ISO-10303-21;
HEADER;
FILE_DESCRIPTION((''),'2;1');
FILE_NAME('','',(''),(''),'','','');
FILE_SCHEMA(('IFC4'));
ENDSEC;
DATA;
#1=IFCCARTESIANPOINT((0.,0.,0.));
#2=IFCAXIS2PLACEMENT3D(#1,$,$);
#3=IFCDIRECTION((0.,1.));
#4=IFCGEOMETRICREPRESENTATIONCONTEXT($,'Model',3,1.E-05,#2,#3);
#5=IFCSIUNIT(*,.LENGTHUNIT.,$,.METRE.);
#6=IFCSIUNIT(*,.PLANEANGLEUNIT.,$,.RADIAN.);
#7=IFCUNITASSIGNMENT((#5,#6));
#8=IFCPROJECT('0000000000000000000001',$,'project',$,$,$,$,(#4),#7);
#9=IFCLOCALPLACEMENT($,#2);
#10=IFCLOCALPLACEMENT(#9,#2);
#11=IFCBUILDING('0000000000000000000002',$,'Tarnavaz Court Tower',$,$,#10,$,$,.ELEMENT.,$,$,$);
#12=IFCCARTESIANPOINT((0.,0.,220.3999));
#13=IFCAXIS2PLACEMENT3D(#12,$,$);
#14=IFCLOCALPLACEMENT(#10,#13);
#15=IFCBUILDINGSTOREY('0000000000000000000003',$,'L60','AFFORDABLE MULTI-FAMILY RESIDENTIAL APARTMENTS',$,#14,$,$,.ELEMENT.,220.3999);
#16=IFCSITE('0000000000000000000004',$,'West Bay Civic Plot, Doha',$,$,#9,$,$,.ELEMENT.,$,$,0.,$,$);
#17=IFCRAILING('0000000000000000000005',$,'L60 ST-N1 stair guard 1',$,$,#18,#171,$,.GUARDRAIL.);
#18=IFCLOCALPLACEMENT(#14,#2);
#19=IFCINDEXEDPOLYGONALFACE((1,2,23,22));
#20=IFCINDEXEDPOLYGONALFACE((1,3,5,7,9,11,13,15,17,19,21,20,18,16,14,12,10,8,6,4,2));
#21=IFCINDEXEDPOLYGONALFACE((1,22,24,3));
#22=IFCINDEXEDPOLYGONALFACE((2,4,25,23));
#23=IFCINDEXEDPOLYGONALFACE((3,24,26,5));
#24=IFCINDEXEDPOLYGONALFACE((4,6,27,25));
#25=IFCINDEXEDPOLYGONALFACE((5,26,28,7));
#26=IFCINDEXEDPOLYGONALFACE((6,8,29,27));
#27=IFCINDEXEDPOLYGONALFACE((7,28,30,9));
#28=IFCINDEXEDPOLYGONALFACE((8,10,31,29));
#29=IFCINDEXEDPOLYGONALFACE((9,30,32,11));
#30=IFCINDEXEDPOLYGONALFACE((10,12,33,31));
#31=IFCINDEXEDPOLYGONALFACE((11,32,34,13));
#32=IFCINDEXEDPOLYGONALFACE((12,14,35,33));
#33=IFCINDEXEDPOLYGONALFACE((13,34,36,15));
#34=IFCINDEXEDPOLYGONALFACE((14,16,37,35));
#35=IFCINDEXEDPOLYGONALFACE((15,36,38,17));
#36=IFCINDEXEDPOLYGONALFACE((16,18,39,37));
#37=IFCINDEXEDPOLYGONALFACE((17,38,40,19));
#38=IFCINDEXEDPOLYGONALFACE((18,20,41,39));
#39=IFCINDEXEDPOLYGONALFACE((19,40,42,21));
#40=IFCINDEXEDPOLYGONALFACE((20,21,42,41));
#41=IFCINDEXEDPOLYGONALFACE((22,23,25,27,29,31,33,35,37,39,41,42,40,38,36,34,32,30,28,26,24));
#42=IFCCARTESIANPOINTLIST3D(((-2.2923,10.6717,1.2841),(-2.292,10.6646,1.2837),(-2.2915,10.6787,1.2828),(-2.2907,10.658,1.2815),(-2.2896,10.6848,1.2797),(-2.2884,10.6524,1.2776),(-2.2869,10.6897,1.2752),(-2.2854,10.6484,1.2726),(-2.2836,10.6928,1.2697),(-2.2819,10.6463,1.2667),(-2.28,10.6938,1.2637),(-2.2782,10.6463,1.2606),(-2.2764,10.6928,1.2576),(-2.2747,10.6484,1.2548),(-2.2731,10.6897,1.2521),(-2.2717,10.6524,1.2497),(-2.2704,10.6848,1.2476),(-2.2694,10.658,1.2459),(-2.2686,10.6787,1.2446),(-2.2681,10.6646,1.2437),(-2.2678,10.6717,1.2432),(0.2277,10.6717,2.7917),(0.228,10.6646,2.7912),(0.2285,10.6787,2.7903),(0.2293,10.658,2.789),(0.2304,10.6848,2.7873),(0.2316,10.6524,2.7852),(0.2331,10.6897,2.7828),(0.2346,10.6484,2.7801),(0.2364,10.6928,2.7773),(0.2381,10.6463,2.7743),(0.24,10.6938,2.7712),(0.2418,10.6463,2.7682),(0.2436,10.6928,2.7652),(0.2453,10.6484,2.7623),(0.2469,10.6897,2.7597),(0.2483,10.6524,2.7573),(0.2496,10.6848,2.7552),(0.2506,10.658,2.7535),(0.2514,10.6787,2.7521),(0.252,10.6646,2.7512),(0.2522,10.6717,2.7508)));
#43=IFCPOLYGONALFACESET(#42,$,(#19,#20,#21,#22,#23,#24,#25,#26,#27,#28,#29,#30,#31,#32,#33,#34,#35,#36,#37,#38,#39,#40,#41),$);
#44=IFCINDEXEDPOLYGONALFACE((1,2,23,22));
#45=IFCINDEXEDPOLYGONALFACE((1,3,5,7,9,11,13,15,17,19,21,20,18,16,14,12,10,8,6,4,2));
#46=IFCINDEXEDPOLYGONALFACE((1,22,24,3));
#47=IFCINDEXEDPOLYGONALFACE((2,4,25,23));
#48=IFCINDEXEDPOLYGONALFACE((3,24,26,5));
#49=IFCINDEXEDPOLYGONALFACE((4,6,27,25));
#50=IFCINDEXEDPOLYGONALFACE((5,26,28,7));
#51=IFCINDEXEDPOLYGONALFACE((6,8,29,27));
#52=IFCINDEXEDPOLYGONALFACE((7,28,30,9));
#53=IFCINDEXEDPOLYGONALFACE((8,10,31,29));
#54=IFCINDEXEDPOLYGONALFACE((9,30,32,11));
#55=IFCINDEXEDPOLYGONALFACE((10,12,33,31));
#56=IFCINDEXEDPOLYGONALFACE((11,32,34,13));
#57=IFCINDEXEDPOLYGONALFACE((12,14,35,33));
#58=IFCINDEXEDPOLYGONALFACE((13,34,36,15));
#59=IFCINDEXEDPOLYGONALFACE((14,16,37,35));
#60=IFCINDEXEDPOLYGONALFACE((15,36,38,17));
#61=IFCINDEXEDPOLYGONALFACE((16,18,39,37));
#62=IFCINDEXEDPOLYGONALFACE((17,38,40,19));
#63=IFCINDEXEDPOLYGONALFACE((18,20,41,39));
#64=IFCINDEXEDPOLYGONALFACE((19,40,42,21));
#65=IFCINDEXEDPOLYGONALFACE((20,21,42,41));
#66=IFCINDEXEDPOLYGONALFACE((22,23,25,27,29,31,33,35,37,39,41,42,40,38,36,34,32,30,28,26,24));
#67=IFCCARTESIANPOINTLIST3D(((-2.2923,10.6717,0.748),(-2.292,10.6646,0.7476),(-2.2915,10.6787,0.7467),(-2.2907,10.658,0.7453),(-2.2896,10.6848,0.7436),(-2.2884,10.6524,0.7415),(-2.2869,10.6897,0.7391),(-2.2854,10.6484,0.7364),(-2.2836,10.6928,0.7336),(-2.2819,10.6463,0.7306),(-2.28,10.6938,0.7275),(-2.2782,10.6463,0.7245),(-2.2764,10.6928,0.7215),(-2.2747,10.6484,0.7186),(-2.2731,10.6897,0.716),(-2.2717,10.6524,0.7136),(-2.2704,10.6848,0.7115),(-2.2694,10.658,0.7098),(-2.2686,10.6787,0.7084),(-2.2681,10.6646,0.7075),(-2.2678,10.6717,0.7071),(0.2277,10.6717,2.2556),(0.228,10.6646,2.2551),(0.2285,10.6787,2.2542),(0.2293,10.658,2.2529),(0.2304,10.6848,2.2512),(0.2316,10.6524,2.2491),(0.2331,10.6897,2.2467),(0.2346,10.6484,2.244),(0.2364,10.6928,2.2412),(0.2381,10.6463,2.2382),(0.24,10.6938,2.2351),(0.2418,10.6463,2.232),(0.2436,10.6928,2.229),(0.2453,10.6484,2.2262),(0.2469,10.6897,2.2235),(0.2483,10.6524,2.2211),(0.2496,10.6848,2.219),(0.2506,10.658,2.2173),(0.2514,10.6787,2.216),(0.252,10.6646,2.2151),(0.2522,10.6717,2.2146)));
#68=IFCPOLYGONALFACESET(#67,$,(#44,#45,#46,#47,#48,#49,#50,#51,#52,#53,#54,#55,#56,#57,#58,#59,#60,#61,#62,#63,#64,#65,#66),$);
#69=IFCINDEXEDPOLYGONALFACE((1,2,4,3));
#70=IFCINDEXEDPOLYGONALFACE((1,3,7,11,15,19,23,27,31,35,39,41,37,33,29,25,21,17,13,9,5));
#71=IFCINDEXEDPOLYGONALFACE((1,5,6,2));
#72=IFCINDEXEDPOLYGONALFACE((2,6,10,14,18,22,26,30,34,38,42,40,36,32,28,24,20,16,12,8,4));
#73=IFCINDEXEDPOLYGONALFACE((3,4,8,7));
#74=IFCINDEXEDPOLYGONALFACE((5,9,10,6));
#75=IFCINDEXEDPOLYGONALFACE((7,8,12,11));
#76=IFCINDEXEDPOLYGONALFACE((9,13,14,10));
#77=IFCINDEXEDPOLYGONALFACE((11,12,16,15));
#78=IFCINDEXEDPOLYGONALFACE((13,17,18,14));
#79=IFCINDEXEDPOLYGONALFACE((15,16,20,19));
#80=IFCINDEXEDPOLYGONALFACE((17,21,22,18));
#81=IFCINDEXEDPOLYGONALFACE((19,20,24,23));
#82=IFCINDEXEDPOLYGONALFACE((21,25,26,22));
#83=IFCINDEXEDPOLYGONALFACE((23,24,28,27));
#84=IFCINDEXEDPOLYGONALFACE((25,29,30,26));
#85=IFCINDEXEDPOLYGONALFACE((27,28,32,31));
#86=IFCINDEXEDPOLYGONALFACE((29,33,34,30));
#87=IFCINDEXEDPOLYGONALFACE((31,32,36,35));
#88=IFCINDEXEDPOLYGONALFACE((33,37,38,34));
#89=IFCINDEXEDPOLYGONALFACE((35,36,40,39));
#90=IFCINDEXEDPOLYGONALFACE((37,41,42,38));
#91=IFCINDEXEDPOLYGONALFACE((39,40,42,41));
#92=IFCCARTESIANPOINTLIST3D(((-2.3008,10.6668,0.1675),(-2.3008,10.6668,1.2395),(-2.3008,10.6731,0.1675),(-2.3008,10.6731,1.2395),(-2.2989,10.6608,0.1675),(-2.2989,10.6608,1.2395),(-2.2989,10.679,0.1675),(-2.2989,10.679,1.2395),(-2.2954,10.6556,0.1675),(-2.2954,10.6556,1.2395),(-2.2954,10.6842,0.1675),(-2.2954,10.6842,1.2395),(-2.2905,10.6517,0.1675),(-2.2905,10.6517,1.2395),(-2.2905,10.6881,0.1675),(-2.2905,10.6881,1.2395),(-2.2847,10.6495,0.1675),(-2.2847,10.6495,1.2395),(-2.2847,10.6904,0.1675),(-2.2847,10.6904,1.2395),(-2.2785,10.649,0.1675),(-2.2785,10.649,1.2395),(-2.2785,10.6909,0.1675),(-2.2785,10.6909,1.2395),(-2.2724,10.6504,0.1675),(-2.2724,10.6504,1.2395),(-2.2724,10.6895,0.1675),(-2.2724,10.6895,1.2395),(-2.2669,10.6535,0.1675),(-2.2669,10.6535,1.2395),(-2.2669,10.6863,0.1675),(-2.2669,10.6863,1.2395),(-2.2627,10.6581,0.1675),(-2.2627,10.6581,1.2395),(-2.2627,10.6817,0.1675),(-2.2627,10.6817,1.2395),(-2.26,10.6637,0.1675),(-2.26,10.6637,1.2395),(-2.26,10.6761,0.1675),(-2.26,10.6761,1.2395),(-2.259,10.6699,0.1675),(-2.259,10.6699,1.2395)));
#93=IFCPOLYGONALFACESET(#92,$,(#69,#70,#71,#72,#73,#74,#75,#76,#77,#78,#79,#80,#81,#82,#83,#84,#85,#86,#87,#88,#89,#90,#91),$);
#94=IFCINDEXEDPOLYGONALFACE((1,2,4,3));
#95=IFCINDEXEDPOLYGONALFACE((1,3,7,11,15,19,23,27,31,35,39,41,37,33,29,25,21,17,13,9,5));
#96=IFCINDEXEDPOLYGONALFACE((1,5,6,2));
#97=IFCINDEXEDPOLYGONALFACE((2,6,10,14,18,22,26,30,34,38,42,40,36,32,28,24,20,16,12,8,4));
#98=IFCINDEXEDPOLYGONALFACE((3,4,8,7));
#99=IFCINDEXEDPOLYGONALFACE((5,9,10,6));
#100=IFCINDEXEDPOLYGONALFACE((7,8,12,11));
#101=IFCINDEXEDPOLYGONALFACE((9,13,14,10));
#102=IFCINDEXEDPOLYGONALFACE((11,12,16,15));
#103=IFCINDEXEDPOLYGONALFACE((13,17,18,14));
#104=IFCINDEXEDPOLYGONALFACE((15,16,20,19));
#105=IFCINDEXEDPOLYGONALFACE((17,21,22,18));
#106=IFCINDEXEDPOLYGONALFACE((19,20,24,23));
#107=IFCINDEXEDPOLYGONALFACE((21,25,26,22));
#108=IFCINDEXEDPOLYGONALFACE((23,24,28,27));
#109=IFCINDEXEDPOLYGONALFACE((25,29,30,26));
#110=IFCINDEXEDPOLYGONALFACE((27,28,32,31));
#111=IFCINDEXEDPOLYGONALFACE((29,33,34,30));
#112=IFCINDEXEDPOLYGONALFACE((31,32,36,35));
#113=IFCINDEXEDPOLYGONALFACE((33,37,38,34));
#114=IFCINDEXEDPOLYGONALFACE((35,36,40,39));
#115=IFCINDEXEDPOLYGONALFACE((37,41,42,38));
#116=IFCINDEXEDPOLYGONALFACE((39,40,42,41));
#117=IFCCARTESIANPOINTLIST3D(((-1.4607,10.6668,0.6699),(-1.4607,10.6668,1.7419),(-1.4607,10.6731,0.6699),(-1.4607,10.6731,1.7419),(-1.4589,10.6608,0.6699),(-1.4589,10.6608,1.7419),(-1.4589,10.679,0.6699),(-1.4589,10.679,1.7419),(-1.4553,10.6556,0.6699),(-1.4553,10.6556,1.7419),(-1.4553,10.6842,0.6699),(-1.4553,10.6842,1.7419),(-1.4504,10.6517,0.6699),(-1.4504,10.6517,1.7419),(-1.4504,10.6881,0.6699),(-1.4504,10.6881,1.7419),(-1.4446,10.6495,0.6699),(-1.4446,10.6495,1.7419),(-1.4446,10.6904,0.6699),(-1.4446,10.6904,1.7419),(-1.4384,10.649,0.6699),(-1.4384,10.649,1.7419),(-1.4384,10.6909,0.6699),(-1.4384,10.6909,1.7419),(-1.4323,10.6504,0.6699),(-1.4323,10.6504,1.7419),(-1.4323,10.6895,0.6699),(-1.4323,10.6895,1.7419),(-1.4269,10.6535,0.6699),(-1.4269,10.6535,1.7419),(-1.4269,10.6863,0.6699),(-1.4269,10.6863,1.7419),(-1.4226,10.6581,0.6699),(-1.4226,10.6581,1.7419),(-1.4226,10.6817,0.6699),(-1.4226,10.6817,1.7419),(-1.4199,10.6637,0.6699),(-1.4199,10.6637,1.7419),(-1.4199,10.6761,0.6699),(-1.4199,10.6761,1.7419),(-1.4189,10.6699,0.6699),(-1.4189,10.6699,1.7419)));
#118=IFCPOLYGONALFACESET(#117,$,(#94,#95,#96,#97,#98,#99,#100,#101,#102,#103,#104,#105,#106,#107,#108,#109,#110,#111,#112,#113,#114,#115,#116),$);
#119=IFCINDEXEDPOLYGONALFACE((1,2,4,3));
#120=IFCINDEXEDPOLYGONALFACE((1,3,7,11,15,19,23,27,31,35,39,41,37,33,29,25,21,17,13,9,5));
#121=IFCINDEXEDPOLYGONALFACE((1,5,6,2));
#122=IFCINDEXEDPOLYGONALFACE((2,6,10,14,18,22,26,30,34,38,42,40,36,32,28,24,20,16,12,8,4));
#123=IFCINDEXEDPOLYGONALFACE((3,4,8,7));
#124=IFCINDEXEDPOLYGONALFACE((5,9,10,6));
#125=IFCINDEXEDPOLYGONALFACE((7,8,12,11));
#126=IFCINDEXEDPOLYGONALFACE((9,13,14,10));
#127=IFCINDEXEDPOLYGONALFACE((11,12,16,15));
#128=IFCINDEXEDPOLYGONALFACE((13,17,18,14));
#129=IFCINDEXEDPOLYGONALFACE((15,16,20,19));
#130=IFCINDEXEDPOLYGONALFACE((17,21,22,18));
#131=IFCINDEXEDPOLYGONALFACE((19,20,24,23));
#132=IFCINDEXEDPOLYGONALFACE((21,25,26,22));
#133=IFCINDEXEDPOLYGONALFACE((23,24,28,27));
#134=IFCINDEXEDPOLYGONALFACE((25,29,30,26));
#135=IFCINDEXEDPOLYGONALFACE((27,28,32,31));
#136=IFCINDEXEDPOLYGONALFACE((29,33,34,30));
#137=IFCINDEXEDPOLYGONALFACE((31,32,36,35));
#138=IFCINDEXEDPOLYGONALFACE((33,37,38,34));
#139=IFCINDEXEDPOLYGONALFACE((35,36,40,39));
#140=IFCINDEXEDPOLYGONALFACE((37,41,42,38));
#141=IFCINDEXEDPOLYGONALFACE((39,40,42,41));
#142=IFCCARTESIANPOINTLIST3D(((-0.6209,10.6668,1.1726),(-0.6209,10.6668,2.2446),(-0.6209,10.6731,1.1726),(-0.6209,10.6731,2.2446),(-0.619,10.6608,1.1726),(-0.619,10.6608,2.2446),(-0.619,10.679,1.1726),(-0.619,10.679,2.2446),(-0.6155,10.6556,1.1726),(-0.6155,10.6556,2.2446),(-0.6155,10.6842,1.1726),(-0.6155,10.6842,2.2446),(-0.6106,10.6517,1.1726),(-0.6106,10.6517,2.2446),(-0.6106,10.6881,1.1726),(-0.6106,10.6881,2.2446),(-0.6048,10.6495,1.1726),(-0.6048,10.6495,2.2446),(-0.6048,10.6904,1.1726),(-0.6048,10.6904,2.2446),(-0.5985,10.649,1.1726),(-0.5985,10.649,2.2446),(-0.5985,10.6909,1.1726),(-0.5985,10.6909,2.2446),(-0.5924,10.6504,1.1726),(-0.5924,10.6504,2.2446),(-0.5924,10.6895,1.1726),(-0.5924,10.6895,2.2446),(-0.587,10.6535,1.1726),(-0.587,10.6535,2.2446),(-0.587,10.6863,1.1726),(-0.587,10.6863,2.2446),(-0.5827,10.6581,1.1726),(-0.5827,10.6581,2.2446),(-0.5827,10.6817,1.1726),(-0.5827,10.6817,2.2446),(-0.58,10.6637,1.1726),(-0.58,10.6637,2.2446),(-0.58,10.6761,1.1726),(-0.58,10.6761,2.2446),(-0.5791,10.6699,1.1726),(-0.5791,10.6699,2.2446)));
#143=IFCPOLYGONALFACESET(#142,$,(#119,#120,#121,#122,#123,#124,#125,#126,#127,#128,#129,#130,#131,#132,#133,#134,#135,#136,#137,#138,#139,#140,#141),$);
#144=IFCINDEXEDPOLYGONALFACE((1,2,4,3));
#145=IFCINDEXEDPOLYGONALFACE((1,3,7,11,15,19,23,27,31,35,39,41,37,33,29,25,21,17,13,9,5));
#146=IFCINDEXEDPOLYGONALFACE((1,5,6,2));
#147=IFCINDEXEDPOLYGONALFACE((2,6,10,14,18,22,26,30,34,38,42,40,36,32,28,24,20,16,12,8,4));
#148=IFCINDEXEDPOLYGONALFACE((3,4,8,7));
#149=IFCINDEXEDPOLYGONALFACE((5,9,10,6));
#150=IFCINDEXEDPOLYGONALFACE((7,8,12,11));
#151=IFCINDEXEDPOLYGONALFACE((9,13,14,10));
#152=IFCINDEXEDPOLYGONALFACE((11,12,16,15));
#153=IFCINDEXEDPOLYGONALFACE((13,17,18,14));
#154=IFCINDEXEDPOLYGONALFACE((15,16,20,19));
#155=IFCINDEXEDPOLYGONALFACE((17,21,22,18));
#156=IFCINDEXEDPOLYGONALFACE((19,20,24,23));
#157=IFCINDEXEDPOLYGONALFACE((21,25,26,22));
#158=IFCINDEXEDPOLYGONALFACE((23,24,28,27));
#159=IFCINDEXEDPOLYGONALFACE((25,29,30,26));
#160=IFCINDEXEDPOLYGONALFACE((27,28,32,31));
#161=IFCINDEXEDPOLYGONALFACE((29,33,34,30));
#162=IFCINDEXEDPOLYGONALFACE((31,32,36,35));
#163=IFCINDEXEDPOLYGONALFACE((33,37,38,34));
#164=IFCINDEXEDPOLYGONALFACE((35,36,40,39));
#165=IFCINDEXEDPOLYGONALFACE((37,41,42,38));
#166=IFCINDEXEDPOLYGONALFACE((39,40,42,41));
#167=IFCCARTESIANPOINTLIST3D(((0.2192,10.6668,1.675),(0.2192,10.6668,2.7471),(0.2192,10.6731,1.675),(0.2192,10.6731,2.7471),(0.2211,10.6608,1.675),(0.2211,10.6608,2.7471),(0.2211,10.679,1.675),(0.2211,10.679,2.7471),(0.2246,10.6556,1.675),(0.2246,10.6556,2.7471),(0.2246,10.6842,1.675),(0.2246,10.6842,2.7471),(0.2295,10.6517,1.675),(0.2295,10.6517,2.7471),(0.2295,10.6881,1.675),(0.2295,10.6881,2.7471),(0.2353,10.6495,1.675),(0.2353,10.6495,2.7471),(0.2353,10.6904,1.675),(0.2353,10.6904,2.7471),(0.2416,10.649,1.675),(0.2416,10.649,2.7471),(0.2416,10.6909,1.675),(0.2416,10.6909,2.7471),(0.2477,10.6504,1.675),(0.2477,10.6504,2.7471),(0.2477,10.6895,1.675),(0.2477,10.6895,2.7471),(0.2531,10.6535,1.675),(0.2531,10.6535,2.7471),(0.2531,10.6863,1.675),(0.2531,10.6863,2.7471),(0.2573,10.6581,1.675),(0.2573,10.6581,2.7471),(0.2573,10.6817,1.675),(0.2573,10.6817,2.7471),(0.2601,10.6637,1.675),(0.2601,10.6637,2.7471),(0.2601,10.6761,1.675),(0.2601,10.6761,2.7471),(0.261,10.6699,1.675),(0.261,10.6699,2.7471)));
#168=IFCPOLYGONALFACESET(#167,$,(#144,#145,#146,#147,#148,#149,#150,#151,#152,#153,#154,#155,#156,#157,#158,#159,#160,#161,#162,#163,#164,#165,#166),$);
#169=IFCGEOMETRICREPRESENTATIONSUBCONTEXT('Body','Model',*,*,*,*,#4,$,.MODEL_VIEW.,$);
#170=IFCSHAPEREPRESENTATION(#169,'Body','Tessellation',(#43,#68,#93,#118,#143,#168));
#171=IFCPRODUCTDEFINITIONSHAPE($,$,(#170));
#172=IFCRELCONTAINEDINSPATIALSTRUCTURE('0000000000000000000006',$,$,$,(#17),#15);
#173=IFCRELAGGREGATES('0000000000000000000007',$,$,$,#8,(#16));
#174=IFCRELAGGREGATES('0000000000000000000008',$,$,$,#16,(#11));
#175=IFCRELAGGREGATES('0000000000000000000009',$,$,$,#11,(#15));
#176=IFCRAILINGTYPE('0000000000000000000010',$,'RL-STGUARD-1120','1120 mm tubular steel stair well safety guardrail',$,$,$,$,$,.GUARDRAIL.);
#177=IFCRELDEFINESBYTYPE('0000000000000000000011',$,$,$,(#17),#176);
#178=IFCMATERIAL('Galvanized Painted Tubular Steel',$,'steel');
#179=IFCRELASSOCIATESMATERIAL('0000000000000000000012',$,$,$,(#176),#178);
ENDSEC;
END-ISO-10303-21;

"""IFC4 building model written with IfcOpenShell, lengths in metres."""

from ifc_helpers import new_model, si_unit, direction, frame, origin, origin_2d, place, context, subcontext, project, spatial, circle, extrude, material, type_object, element, save


model = new_model("IFC4")

# Units and contexts
model_context = context("Model", 3, precision=1e-05, world=origin(), true_north=direction((0.0, 1.0)))
body_context = subcontext(model_context, "Body", "Model", "MODEL_VIEW")
ifc_project = project(units=[si_unit("LENGTHUNIT", "METRE"), si_unit("PLANEANGLEUNIT", "RADIAN")], contexts=[model_context])

# Site, building, storey
site_placement = place(None, origin())
site = spatial("IfcSite", under=ifc_project, at=site_placement, Name="West Bay Civic Plot, Doha", CompositionType="ELEMENT", RefElevation=0.0)
building_placement = place(site_placement, origin())
building = spatial("IfcBuilding", under=site, at=building_placement, Name="Tarnavaz Court Tower", CompositionType="ELEMENT")
storey_placement = place(building_placement, frame((0.0, 0.0, 220.3999)))
storey = spatial("IfcBuildingStorey", under=building, at=storey_placement, Name="L60", Description="AFFORDABLE MULTI-FAMILY RESIDENTIAL APARTMENTS", CompositionType="ELEMENT", Elevation=220.3999)

# Railing
ifc_material_1 = material(Name="Galvanized Painted Tubular Steel", Category="steel")
railing_type_1 = type_object("IfcRailingType", Name="RL-STGUARD-1120", Description="1120 mm tubular steel stair well safety guardrail", PredefinedType="GUARDRAIL", material=ifc_material_1)
railing_1_placement = place(storey_placement, frame((-2.28, 10.6699, 0.1675)))
element("IfcRailing", 1, at=railing_1_placement, inside=storey, type_object=railing_type_1, Name="L60 ST-N1 stair guard 1", PredefinedType="GUARDRAIL", context=body_context, shape_type="SweptSolid", body=[
    extrude(circle(Radius=0.0239, at=origin_2d()), frame((0.0, 0.0, 1.0962), z_axis=(0.85816, 0.0, 0.513383), x_axis=(0.0, 1.0, 0.0)), (0.0, 0.0, 1.0), 2.9365),
    extrude(circle(Radius=0.0239, at=origin_2d()), frame((0.0, 0.0, 0.5601), z_axis=(0.85816, 0.0, 0.513383), x_axis=(0.0, 1.0, 0.0)), (0.0, 0.0, 1.0), 2.9365),
    extrude(circle(Radius=0.021, at=origin_2d()), origin(), (0.0, 0.0, 1.0), 1.072),
    extrude(circle(Radius=0.021, at=origin_2d()), frame((0.8401, 0.0, 0.5024)), (0.0, 0.0, 1.0), 1.072),
    extrude(circle(Radius=0.021, at=origin_2d()), frame((1.6799, 0.0, 1.0051)), (0.0, 0.0, 1.0), 1.072),
    extrude(circle(Radius=0.021, at=origin_2d()), frame((2.52, 0.0, 1.5076)), (0.0, 0.0, 1.0), 1.072),
])

save(model, "model.ifc")
